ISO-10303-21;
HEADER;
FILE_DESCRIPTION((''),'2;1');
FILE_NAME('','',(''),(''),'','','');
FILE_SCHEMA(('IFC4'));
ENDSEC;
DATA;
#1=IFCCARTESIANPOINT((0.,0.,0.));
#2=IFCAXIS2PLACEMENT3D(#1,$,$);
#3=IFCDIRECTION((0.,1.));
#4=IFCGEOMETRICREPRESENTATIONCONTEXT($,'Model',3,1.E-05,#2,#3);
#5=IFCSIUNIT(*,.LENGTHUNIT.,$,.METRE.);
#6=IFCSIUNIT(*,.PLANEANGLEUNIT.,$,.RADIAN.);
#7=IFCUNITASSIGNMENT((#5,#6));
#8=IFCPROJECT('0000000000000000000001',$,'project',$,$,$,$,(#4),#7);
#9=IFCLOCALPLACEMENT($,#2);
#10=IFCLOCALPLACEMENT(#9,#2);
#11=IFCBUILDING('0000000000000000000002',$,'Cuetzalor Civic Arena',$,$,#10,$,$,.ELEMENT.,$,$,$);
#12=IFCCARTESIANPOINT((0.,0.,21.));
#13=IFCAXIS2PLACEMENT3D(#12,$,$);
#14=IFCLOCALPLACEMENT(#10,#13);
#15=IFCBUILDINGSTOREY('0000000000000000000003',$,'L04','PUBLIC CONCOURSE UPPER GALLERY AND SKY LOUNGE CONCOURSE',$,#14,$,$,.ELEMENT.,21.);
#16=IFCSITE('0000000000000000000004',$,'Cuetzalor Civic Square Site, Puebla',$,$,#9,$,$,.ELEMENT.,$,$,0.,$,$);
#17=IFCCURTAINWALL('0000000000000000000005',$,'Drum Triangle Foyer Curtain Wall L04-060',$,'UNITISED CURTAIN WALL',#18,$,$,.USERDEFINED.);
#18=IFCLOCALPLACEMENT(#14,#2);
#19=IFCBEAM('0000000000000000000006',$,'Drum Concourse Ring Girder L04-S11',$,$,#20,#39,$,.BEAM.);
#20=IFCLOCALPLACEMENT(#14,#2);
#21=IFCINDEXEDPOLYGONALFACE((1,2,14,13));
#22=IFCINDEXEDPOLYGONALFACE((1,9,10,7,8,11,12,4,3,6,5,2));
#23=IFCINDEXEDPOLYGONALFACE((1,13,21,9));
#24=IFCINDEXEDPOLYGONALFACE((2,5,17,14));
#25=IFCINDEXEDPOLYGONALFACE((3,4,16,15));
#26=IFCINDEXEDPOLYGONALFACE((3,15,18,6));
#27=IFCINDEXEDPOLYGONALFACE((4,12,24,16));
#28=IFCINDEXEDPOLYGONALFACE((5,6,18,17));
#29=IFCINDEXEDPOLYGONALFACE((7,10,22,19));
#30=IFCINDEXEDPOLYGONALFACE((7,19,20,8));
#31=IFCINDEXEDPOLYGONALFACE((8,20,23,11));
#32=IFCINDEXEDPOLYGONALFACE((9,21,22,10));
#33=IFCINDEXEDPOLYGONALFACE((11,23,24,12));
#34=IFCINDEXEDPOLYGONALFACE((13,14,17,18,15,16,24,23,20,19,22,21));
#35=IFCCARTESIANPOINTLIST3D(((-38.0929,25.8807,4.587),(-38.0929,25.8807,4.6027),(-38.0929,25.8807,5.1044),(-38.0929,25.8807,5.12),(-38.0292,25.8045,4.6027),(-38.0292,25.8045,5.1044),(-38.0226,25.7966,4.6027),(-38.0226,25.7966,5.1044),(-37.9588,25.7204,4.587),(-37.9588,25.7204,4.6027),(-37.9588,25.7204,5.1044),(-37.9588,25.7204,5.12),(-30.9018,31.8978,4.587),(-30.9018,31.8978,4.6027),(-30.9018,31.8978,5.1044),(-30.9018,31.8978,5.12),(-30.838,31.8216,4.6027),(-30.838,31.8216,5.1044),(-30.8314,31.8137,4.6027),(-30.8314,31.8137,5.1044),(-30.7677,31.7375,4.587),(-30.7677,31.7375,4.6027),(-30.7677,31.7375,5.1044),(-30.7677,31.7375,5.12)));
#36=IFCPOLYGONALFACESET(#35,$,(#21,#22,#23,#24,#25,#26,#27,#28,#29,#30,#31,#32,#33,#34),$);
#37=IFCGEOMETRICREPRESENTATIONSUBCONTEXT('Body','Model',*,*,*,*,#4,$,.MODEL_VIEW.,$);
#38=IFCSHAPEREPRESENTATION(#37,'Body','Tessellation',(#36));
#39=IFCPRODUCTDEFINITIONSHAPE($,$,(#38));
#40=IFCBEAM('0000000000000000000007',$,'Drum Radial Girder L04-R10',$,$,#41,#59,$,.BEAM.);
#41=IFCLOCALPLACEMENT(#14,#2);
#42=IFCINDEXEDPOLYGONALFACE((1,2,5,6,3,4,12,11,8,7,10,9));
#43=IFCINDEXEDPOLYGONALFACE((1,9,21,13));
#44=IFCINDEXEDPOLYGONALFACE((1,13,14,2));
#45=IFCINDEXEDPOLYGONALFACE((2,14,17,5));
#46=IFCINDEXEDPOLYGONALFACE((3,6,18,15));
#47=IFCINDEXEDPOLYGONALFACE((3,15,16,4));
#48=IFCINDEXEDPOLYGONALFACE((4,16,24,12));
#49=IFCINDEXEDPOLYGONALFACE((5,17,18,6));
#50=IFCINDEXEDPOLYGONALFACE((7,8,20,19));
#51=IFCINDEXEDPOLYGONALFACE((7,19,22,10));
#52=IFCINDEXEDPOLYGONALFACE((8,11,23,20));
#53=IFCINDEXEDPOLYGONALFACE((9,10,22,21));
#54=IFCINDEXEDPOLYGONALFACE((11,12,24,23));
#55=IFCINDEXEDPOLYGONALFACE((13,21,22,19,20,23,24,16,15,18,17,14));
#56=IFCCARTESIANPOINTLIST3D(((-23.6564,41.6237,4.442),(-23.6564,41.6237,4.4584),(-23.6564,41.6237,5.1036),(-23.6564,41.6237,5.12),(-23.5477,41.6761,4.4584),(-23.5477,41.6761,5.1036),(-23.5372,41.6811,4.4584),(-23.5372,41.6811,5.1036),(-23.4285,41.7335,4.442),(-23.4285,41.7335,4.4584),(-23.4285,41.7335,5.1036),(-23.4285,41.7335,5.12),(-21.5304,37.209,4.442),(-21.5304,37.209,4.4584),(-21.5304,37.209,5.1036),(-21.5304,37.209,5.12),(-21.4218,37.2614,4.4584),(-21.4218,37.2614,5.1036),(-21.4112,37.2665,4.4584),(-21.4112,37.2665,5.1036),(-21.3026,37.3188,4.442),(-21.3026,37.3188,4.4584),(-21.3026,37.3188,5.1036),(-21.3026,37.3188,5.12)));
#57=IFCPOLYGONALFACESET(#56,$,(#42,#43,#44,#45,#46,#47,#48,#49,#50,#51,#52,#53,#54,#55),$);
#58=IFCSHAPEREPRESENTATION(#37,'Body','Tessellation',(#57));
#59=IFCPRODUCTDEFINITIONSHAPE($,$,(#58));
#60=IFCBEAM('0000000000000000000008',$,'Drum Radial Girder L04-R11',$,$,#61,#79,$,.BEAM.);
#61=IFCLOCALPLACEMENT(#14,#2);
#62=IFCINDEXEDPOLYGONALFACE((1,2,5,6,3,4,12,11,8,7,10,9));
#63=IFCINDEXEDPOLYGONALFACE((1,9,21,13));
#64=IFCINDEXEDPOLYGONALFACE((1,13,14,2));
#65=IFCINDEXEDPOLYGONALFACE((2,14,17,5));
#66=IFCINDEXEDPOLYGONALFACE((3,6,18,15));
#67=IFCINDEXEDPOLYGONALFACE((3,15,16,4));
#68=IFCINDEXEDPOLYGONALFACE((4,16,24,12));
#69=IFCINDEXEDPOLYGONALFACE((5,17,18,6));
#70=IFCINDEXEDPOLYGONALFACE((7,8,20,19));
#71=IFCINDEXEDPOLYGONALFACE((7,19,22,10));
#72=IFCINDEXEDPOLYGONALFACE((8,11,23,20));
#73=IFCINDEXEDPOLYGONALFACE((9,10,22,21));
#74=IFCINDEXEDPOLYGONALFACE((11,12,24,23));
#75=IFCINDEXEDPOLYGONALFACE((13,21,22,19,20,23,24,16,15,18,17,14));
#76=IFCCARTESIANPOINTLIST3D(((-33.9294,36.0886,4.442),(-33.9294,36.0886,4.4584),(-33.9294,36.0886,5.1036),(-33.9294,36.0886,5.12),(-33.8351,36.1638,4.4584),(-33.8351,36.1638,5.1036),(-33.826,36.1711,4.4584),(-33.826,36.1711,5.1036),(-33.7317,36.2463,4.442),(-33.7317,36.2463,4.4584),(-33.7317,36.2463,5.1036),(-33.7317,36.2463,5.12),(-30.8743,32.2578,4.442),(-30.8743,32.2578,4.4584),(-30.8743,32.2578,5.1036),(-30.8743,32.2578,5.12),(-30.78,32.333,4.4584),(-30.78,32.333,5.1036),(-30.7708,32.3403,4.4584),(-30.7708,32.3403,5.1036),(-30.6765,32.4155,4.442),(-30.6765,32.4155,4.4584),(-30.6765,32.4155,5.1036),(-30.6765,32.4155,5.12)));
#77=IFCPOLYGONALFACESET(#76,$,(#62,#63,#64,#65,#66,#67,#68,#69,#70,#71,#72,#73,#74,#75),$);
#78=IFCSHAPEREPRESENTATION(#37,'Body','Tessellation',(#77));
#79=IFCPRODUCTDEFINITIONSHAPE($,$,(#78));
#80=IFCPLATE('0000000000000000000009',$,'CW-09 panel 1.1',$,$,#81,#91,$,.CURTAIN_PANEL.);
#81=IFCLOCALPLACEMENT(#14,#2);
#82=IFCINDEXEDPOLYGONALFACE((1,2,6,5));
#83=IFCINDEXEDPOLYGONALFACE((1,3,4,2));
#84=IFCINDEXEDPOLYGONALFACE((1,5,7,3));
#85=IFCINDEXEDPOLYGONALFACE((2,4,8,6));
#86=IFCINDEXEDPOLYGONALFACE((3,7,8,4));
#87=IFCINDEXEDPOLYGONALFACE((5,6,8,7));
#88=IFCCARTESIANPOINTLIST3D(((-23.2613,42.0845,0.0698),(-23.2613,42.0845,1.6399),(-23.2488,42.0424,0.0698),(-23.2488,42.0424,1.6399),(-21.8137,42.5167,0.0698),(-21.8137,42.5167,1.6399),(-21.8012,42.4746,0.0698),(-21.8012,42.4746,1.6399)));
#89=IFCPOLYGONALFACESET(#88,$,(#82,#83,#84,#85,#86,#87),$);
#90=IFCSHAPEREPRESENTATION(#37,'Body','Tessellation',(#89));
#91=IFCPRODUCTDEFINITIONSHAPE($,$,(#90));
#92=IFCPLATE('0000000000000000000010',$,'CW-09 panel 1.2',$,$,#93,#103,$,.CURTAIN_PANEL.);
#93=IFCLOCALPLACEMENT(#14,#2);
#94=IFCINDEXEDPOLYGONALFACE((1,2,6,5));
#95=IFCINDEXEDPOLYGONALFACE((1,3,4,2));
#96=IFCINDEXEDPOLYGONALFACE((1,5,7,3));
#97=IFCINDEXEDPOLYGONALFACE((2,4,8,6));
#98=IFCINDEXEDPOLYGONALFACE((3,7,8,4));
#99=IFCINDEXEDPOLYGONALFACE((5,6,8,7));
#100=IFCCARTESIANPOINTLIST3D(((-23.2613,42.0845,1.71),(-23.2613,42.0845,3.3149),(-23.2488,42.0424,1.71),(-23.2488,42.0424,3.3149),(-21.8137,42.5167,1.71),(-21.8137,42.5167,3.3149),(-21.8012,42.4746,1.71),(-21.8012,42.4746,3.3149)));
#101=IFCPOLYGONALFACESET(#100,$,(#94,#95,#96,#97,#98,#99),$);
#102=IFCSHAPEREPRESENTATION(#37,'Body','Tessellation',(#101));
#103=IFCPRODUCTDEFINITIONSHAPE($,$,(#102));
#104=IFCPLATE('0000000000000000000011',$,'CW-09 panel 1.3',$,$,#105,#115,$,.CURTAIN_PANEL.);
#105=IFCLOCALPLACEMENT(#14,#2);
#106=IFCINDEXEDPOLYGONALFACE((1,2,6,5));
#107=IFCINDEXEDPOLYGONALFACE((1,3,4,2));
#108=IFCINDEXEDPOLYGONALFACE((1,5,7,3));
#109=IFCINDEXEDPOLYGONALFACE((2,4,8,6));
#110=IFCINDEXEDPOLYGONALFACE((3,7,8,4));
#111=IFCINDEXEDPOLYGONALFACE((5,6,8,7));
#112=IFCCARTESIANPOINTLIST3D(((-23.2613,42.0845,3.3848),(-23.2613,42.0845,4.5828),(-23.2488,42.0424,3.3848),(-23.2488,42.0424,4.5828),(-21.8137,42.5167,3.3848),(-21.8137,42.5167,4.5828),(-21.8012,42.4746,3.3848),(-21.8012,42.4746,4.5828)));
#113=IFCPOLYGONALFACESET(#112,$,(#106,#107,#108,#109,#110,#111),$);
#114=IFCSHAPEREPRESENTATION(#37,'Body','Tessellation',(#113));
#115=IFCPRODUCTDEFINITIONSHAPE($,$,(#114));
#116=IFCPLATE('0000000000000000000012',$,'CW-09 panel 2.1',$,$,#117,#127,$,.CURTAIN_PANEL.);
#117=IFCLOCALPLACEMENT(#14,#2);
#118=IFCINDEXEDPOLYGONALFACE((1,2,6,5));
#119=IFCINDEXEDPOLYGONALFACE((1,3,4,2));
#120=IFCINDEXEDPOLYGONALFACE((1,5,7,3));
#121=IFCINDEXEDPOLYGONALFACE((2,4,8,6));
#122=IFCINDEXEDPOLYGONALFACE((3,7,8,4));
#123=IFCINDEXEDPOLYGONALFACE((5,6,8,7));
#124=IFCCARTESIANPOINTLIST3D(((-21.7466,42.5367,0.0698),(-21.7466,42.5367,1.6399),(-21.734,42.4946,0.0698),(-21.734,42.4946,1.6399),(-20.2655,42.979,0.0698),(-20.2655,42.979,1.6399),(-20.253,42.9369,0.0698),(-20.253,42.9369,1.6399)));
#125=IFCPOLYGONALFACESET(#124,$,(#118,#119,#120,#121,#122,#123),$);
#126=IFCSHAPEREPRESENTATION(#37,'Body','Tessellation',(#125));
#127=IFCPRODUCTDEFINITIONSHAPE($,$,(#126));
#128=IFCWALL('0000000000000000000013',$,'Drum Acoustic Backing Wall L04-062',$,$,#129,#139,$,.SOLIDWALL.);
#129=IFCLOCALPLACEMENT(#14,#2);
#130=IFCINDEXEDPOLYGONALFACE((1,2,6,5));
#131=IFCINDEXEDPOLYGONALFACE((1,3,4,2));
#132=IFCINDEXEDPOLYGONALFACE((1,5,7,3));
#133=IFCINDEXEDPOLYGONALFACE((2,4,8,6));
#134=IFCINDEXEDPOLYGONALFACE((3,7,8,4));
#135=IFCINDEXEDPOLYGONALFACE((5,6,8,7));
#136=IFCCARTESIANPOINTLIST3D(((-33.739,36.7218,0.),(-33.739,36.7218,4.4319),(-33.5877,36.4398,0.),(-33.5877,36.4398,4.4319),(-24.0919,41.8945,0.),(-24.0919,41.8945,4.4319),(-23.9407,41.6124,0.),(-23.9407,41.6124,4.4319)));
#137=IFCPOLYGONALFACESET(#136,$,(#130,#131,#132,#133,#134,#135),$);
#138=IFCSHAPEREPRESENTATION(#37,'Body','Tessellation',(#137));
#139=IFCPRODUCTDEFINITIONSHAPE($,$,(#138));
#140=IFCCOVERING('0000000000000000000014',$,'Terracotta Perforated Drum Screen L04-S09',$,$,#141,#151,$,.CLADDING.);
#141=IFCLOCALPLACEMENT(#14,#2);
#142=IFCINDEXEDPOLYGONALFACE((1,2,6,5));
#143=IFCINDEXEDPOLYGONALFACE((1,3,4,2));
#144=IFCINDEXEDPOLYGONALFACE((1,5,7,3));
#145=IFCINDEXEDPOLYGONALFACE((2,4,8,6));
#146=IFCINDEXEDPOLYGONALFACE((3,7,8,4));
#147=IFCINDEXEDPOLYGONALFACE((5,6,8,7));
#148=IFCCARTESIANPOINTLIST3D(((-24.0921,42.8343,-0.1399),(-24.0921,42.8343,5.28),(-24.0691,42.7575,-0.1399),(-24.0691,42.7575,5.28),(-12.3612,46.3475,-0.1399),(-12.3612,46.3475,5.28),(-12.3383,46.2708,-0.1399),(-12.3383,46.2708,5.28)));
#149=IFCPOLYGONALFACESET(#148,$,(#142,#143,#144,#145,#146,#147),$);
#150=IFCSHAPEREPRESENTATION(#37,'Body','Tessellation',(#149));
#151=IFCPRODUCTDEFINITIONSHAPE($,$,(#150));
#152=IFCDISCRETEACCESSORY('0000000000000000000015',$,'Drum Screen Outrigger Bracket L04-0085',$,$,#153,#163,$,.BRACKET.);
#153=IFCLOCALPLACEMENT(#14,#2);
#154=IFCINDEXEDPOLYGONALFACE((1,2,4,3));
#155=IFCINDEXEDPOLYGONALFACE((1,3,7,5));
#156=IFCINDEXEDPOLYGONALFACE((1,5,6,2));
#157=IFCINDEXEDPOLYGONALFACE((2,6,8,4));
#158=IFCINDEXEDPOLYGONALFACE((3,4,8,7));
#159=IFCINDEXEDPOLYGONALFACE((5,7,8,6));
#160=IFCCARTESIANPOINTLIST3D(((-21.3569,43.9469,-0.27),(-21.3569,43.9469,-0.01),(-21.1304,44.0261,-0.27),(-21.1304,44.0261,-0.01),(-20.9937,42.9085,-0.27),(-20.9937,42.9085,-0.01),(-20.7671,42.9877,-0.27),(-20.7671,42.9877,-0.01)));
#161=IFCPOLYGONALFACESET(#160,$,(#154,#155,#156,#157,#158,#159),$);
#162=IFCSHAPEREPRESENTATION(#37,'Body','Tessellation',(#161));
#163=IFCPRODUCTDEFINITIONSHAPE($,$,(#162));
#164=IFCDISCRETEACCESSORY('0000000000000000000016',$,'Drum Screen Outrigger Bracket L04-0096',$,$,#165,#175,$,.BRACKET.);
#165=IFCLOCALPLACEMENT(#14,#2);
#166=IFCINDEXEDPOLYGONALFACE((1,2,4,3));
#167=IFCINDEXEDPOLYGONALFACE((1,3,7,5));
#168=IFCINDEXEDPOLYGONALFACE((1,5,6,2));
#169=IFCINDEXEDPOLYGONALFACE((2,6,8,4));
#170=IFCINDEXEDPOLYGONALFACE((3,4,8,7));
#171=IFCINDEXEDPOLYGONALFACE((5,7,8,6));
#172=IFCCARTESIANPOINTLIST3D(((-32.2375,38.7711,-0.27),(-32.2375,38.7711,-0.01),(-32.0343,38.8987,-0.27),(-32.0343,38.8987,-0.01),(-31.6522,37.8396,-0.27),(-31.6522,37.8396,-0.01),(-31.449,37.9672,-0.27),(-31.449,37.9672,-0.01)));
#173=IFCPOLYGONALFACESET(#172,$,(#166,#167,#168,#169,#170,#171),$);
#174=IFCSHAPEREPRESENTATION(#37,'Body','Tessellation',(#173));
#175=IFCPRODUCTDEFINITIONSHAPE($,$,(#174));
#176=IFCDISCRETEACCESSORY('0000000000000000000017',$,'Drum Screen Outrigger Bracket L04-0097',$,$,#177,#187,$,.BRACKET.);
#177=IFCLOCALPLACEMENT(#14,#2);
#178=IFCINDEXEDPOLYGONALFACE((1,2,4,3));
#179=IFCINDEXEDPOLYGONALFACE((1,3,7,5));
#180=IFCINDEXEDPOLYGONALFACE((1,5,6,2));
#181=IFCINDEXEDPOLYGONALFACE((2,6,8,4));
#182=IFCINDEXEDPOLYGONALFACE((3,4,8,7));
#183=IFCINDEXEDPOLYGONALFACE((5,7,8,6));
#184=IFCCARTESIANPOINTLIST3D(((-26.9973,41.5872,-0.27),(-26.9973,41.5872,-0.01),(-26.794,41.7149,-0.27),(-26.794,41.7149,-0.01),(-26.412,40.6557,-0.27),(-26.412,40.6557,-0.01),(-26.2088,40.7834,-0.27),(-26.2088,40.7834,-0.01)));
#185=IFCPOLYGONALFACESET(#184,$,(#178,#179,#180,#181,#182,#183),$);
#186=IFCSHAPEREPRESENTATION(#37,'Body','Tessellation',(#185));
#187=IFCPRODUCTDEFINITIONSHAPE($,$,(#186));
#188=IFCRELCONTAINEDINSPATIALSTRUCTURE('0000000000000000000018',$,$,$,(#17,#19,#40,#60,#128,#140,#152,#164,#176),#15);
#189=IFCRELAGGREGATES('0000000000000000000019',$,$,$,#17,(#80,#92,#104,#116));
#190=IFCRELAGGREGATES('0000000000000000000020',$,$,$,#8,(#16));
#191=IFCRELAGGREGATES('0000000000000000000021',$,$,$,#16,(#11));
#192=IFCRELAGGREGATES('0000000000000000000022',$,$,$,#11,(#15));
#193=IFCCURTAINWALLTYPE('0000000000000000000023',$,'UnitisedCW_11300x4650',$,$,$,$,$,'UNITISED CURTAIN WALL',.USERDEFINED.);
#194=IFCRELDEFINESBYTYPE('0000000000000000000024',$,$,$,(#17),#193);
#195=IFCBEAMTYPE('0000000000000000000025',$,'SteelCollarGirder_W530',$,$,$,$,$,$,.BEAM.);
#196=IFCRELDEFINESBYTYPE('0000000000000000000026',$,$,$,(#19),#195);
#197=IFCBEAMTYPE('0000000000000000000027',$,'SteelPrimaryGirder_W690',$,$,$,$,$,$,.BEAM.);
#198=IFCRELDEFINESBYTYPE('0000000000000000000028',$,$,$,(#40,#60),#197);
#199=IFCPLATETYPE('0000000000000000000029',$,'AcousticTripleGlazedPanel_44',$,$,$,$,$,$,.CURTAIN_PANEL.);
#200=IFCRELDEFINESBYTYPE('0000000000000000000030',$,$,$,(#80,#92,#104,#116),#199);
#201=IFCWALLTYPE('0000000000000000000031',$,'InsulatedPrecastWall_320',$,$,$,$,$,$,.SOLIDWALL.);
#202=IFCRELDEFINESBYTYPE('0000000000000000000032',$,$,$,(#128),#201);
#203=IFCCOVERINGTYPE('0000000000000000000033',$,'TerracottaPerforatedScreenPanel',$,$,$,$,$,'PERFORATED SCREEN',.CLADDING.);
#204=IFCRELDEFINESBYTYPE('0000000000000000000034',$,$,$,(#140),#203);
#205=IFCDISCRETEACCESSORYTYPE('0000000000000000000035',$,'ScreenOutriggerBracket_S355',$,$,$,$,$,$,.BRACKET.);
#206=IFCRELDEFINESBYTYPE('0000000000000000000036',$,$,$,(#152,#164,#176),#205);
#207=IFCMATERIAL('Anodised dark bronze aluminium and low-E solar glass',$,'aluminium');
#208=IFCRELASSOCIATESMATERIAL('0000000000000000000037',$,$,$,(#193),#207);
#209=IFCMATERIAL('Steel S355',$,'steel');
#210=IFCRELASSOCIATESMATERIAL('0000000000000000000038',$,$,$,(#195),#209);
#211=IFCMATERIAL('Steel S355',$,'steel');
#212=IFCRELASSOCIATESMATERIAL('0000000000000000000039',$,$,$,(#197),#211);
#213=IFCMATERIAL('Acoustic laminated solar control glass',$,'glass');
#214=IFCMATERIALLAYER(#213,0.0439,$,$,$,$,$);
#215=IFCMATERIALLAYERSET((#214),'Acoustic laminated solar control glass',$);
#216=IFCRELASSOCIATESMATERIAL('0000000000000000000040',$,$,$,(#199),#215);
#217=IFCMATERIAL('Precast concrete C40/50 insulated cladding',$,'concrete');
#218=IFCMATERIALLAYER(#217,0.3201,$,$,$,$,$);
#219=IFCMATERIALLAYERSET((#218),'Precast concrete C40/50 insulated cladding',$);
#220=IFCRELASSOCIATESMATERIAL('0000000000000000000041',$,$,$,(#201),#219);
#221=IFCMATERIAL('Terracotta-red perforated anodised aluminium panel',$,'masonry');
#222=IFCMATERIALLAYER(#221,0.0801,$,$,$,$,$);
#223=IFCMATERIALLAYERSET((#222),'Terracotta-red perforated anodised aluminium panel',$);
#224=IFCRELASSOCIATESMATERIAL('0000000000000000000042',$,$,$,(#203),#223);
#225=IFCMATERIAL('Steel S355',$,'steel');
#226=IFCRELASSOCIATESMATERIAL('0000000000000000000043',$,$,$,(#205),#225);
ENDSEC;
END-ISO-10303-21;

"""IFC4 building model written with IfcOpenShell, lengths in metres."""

from ifc_helpers import new_model, si_unit, direction, frame, frame_2d, origin, origin_2d, place, context, subcontext, project, spatial, rectangle, i_section, extrude, material, layer, layer_set, material_profile, profile_set, type_object, element, aggregate, save


model = new_model("IFC4")

# Units and contexts
model_context = context("Model", 3, precision=1e-05, world=origin(), true_north=direction((0.0, 1.0)))
body_context = subcontext(model_context, "Body", "Model", "MODEL_VIEW")
ifc_project = project(units=[si_unit("LENGTHUNIT", "METRE"), si_unit("PLANEANGLEUNIT", "RADIAN")], contexts=[model_context])

# Site, building, storey
site_placement = place(None, origin())
site = spatial("IfcSite", under=ifc_project, at=site_placement, Name="Cuetzalor Civic Square Site, Puebla", CompositionType="ELEMENT", RefElevation=0.0)
building_placement = place(site_placement, origin())
building = spatial("IfcBuilding", under=site, at=building_placement, Name="Cuetzalor Civic Arena", CompositionType="ELEMENT")
storey_placement = place(building_placement, frame((0.0, 0.0, 21.0)))
storey = spatial("IfcBuildingStorey", under=building, at=storey_placement, Name="L04", Description="PUBLIC CONCOURSE UPPER GALLERY AND SKY LOUNGE CONCOURSE", CompositionType="ELEMENT", Elevation=21.0)

# Curtain wall
ifc_material_1 = material(Name="Anodised dark bronze aluminium and low-E solar glass", Category="aluminium")
curtain_wall_type_1 = type_object("IfcCurtainWallType", Name="UnitisedCW_11300x4650", ElementType="UNITISED CURTAIN WALL", PredefinedType="USERDEFINED", material=ifc_material_1)
curtain_wall_1_placement = place(storey_placement, origin())
curtain_wall_1 = element("IfcCurtainWall", 1, at=curtain_wall_1_placement, inside=storey, type_object=curtain_wall_type_1, Name="Drum Triangle Foyer Curtain Wall L04-060", ObjectType="UNITISED CURTAIN WALL", PredefinedType="USERDEFINED")

# Beams
ifc_material_2 = material(Name="Steel S355", Category="steel")
ifc_material_profile_1 = material_profile(ifc_material_2, i_section(OverallWidth=0.209, OverallDepth=0.533, WebThickness=0.0103, FlangeThickness=0.0156, at=origin_2d()), Name="W530x92")
ifc_profile_set_1 = profile_set([ifc_material_profile_1], Name="Steel S355")
beam_type_1 = type_object("IfcBeamType", Name="SteelCollarGirder_W530", PredefinedType="BEAM", material=ifc_profile_set_1)
beam_1_placement = place(storey_placement, frame((-30.8347, 31.8176, 4.8535), z_axis=(-0.766937, -0.641722, 0.0), x_axis=(0.641722, -0.766937, 0.0)))
element("IfcBeam", 2, at=beam_1_placement, inside=storey, type_object=beam_type_1, Name="Drum Concourse Ring Girder L04-S11", PredefinedType="BEAM", context=body_context, shape_type="SweptSolid", body=[
    extrude(i_section(OverallWidth=0.209, OverallDepth=0.533, WebThickness=0.0103, FlangeThickness=0.0156, at=origin_2d()), origin(), (0.0, 0.0, 1.0), 9.3765),
])
ifc_material_3 = material(Name="Steel S355", Category="steel")
ifc_material_profile_2 = material_profile(ifc_material_3, i_section(OverallWidth=0.2529, OverallDepth=0.678, WebThickness=0.0117, FlangeThickness=0.0164, at=origin_2d()), Name="W690x125")
ifc_profile_set_2 = profile_set([ifc_material_profile_2], Name="Steel S355")
beam_type_2 = type_object("IfcBeamType", Name="SteelPrimaryGirder_W690", PredefinedType="BEAM", material=ifc_profile_set_2)
for number, where, z_axis, x_axis, name in (
    (3, (-21.4165, 37.2639, 4.781), (-0.433871, 0.900975, 0.0), (-0.900975, -0.433871, 0.0), "Drum Radial Girder L04-R10"),
    (4, (-30.7754, 32.3367, 4.781), (-0.623516, 0.781811, 0.0), (-0.781811, -0.623516, 0.0), "Drum Radial Girder L04-R11"),
):
    element("IfcBeam", number, at=place(storey_placement, frame(where, z_axis=z_axis, x_axis=x_axis)), inside=storey, type_object=beam_type_2, Name=name, PredefinedType="BEAM", context=body_context, shape_type="SweptSolid", body=[
        extrude(i_section(OverallWidth=0.2529, OverallDepth=0.678, WebThickness=0.0117, FlangeThickness=0.0164, at=origin_2d()), origin(), (0.0, 0.0, 1.0), 4.8999),
    ])

# Plates
ifc_material_4 = material(Name="Acoustic laminated solar control glass", Category="glass")
ifc_layer_1 = layer(ifc_material_4, 0.0439)
ifc_layer_set_1 = layer_set([ifc_layer_1], Name="Acoustic laminated solar control glass")
plate_type = type_object("IfcPlateType", Name="AcousticTripleGlazedPanel_44", PredefinedType="CURTAIN_PANEL", material=ifc_layer_set_1)
plate_1_placement = place(storey_placement, frame((-22.5312, 42.2795, 0.0698), z_axis=(0.0, 0.0, 1.0), x_axis=(0.958194, 0.28612, 0.0)))
plate_1 = element("IfcPlate", 5, at=plate_1_placement, type_object=plate_type, Name="CW-09 panel 1.1", PredefinedType="CURTAIN_PANEL", context=body_context, shape_type="SweptSolid", body=[
    extrude(rectangle(XDim=1.5107, YDim=0.0439, at=origin_2d()), origin(), (0.0, 0.0, 1.0), 1.5701),
])
plate_2_placement = place(storey_placement, frame((-22.5312, 42.2795, 1.71), z_axis=(0.0, 0.0, 1.0), x_axis=(0.958194, 0.28612, 0.0)))
plate_2 = element("IfcPlate", 6, at=plate_2_placement, type_object=plate_type, Name="CW-09 panel 1.2", PredefinedType="CURTAIN_PANEL", context=body_context, shape_type="SweptSolid", body=[
    extrude(rectangle(XDim=1.5107, YDim=0.0439, at=origin_2d()), origin(), (0.0, 0.0, 1.0), 1.605),
])
plate_3_placement = place(storey_placement, frame((-22.5312, 42.2795, 3.3848), z_axis=(0.0, 0.0, 1.0), x_axis=(0.958194, 0.28612, 0.0)))
plate_3 = element("IfcPlate", 7, at=plate_3_placement, type_object=plate_type, Name="CW-09 panel 1.3", PredefinedType="CURTAIN_PANEL", context=body_context, shape_type="SweptSolid", body=[
    extrude(rectangle(XDim=1.5107, YDim=0.0439, at=origin_2d()), origin(), (0.0, 0.0, 1.0), 1.198),
])
plate_4_placement = place(storey_placement, frame((-20.9998, 42.7368, 0.0698), z_axis=(0.0, 0.0, 1.0), x_axis=(0.958194, 0.28612, 0.0)))
plate_4 = element("IfcPlate", 8, at=plate_4_placement, type_object=plate_type, Name="CW-09 panel 2.1", PredefinedType="CURTAIN_PANEL", context=body_context, shape_type="SweptSolid", body=[
    extrude(rectangle(XDim=1.5457, YDim=0.0439, at=origin_2d()), origin(), (0.0, 0.0, 1.0), 1.5701),
])
aggregate(curtain_wall_1, [plate_1, plate_2, plate_3, plate_4])

# Wall
ifc_material_5 = material(Name="Precast concrete C40/50 insulated cladding", Category="concrete")
ifc_layer_2 = layer(ifc_material_5, 0.3201)
ifc_layer_set_2 = layer_set([ifc_layer_2], Name="Precast concrete C40/50 insulated cladding")
wall_type = type_object("IfcWallType", Name="InsulatedPrecastWall_320", PredefinedType="SOLIDWALL", material=ifc_layer_set_2)
wall_placement = place(storey_placement, frame((-33.6633, 36.5808, 0.0), z_axis=(0.0, 0.0, 1.0), x_axis=(0.881306, 0.472547, 0.0)))
element("IfcWall", 9, at=wall_placement, inside=storey, type_object=wall_type, Name="Drum Acoustic Backing Wall L04-062", PredefinedType="SOLIDWALL", context=body_context, shape_type="SweptSolid", body=[
    extrude(rectangle(XDim=10.9463, YDim=0.3201, at=frame_2d((5.4731, 0.0))), origin(), (0.0, 0.0, 1.0), 4.4319),
])

# Covering
ifc_material_6 = material(Name="Terracotta-red perforated anodised aluminium panel", Category="masonry")
ifc_layer_3 = layer(ifc_material_6, 0.0801)
ifc_layer_set_3 = layer_set([ifc_layer_3], Name="Terracotta-red perforated anodised aluminium panel")
covering_type = type_object("IfcCoveringType", Name="TerracottaPerforatedScreenPanel", ElementType="PERFORATED SCREEN", PredefinedType="CLADDING", material=ifc_layer_set_3)
covering_placement = place(storey_placement, frame((-24.0806, 42.7959, -0.1399), z_axis=(0.0, 0.0, 1.0), x_axis=(0.957962, 0.286896, 0.0)))
element("IfcCovering", 10, at=covering_placement, inside=storey, type_object=covering_type, Name="Terracotta Perforated Drum Screen L04-S09", PredefinedType="CLADDING", context=body_context, shape_type="SweptSolid", body=[
    extrude(rectangle(XDim=12.2456, YDim=0.0801, at=frame_2d((6.1228, 0.0))), origin(), (0.0, 0.0, 1.0), 5.4199),
])

# Discrete accessories
ifc_material_7 = material(Name="Steel S355", Category="steel")
discrete_accessory_type = type_object("IfcDiscreteAccessoryType", Name="ScreenOutriggerBracket_S355", PredefinedType="BRACKET", material=ifc_material_7)
for number, where, z_axis, x_axis, name in (
    (11, (-21.062, 43.4673, -0.27), (0.0, 0.0, 1.0), (-0.330185, 0.943916, 0.0), "Drum Screen Outrigger Bracket L04-0085"),
    (12, (-31.8433, 38.3691, -0.27), (0.0, 0.0, 1.0), (-0.53199, 0.846751, 0.0), "Drum Screen Outrigger Bracket L04-0096"),
    (13, (-26.603, 41.1853, -0.27), (0.0, 0.0, 1.0), (-0.53199, 0.846751, 0.0), "Drum Screen Outrigger Bracket L04-0097"),
):
    element("IfcDiscreteAccessory", number, at=place(storey_placement, frame(where, z_axis=z_axis, x_axis=x_axis)), inside=storey, type_object=discrete_accessory_type, Name=name, PredefinedType="BRACKET", context=body_context, shape_type="SweptSolid", body=[
        extrude(rectangle(XDim=1.1001, YDim=0.24, at=origin_2d()), origin(), (0.0, 0.0, 1.0), 0.26),
    ])

save(model, "model.ifc")
